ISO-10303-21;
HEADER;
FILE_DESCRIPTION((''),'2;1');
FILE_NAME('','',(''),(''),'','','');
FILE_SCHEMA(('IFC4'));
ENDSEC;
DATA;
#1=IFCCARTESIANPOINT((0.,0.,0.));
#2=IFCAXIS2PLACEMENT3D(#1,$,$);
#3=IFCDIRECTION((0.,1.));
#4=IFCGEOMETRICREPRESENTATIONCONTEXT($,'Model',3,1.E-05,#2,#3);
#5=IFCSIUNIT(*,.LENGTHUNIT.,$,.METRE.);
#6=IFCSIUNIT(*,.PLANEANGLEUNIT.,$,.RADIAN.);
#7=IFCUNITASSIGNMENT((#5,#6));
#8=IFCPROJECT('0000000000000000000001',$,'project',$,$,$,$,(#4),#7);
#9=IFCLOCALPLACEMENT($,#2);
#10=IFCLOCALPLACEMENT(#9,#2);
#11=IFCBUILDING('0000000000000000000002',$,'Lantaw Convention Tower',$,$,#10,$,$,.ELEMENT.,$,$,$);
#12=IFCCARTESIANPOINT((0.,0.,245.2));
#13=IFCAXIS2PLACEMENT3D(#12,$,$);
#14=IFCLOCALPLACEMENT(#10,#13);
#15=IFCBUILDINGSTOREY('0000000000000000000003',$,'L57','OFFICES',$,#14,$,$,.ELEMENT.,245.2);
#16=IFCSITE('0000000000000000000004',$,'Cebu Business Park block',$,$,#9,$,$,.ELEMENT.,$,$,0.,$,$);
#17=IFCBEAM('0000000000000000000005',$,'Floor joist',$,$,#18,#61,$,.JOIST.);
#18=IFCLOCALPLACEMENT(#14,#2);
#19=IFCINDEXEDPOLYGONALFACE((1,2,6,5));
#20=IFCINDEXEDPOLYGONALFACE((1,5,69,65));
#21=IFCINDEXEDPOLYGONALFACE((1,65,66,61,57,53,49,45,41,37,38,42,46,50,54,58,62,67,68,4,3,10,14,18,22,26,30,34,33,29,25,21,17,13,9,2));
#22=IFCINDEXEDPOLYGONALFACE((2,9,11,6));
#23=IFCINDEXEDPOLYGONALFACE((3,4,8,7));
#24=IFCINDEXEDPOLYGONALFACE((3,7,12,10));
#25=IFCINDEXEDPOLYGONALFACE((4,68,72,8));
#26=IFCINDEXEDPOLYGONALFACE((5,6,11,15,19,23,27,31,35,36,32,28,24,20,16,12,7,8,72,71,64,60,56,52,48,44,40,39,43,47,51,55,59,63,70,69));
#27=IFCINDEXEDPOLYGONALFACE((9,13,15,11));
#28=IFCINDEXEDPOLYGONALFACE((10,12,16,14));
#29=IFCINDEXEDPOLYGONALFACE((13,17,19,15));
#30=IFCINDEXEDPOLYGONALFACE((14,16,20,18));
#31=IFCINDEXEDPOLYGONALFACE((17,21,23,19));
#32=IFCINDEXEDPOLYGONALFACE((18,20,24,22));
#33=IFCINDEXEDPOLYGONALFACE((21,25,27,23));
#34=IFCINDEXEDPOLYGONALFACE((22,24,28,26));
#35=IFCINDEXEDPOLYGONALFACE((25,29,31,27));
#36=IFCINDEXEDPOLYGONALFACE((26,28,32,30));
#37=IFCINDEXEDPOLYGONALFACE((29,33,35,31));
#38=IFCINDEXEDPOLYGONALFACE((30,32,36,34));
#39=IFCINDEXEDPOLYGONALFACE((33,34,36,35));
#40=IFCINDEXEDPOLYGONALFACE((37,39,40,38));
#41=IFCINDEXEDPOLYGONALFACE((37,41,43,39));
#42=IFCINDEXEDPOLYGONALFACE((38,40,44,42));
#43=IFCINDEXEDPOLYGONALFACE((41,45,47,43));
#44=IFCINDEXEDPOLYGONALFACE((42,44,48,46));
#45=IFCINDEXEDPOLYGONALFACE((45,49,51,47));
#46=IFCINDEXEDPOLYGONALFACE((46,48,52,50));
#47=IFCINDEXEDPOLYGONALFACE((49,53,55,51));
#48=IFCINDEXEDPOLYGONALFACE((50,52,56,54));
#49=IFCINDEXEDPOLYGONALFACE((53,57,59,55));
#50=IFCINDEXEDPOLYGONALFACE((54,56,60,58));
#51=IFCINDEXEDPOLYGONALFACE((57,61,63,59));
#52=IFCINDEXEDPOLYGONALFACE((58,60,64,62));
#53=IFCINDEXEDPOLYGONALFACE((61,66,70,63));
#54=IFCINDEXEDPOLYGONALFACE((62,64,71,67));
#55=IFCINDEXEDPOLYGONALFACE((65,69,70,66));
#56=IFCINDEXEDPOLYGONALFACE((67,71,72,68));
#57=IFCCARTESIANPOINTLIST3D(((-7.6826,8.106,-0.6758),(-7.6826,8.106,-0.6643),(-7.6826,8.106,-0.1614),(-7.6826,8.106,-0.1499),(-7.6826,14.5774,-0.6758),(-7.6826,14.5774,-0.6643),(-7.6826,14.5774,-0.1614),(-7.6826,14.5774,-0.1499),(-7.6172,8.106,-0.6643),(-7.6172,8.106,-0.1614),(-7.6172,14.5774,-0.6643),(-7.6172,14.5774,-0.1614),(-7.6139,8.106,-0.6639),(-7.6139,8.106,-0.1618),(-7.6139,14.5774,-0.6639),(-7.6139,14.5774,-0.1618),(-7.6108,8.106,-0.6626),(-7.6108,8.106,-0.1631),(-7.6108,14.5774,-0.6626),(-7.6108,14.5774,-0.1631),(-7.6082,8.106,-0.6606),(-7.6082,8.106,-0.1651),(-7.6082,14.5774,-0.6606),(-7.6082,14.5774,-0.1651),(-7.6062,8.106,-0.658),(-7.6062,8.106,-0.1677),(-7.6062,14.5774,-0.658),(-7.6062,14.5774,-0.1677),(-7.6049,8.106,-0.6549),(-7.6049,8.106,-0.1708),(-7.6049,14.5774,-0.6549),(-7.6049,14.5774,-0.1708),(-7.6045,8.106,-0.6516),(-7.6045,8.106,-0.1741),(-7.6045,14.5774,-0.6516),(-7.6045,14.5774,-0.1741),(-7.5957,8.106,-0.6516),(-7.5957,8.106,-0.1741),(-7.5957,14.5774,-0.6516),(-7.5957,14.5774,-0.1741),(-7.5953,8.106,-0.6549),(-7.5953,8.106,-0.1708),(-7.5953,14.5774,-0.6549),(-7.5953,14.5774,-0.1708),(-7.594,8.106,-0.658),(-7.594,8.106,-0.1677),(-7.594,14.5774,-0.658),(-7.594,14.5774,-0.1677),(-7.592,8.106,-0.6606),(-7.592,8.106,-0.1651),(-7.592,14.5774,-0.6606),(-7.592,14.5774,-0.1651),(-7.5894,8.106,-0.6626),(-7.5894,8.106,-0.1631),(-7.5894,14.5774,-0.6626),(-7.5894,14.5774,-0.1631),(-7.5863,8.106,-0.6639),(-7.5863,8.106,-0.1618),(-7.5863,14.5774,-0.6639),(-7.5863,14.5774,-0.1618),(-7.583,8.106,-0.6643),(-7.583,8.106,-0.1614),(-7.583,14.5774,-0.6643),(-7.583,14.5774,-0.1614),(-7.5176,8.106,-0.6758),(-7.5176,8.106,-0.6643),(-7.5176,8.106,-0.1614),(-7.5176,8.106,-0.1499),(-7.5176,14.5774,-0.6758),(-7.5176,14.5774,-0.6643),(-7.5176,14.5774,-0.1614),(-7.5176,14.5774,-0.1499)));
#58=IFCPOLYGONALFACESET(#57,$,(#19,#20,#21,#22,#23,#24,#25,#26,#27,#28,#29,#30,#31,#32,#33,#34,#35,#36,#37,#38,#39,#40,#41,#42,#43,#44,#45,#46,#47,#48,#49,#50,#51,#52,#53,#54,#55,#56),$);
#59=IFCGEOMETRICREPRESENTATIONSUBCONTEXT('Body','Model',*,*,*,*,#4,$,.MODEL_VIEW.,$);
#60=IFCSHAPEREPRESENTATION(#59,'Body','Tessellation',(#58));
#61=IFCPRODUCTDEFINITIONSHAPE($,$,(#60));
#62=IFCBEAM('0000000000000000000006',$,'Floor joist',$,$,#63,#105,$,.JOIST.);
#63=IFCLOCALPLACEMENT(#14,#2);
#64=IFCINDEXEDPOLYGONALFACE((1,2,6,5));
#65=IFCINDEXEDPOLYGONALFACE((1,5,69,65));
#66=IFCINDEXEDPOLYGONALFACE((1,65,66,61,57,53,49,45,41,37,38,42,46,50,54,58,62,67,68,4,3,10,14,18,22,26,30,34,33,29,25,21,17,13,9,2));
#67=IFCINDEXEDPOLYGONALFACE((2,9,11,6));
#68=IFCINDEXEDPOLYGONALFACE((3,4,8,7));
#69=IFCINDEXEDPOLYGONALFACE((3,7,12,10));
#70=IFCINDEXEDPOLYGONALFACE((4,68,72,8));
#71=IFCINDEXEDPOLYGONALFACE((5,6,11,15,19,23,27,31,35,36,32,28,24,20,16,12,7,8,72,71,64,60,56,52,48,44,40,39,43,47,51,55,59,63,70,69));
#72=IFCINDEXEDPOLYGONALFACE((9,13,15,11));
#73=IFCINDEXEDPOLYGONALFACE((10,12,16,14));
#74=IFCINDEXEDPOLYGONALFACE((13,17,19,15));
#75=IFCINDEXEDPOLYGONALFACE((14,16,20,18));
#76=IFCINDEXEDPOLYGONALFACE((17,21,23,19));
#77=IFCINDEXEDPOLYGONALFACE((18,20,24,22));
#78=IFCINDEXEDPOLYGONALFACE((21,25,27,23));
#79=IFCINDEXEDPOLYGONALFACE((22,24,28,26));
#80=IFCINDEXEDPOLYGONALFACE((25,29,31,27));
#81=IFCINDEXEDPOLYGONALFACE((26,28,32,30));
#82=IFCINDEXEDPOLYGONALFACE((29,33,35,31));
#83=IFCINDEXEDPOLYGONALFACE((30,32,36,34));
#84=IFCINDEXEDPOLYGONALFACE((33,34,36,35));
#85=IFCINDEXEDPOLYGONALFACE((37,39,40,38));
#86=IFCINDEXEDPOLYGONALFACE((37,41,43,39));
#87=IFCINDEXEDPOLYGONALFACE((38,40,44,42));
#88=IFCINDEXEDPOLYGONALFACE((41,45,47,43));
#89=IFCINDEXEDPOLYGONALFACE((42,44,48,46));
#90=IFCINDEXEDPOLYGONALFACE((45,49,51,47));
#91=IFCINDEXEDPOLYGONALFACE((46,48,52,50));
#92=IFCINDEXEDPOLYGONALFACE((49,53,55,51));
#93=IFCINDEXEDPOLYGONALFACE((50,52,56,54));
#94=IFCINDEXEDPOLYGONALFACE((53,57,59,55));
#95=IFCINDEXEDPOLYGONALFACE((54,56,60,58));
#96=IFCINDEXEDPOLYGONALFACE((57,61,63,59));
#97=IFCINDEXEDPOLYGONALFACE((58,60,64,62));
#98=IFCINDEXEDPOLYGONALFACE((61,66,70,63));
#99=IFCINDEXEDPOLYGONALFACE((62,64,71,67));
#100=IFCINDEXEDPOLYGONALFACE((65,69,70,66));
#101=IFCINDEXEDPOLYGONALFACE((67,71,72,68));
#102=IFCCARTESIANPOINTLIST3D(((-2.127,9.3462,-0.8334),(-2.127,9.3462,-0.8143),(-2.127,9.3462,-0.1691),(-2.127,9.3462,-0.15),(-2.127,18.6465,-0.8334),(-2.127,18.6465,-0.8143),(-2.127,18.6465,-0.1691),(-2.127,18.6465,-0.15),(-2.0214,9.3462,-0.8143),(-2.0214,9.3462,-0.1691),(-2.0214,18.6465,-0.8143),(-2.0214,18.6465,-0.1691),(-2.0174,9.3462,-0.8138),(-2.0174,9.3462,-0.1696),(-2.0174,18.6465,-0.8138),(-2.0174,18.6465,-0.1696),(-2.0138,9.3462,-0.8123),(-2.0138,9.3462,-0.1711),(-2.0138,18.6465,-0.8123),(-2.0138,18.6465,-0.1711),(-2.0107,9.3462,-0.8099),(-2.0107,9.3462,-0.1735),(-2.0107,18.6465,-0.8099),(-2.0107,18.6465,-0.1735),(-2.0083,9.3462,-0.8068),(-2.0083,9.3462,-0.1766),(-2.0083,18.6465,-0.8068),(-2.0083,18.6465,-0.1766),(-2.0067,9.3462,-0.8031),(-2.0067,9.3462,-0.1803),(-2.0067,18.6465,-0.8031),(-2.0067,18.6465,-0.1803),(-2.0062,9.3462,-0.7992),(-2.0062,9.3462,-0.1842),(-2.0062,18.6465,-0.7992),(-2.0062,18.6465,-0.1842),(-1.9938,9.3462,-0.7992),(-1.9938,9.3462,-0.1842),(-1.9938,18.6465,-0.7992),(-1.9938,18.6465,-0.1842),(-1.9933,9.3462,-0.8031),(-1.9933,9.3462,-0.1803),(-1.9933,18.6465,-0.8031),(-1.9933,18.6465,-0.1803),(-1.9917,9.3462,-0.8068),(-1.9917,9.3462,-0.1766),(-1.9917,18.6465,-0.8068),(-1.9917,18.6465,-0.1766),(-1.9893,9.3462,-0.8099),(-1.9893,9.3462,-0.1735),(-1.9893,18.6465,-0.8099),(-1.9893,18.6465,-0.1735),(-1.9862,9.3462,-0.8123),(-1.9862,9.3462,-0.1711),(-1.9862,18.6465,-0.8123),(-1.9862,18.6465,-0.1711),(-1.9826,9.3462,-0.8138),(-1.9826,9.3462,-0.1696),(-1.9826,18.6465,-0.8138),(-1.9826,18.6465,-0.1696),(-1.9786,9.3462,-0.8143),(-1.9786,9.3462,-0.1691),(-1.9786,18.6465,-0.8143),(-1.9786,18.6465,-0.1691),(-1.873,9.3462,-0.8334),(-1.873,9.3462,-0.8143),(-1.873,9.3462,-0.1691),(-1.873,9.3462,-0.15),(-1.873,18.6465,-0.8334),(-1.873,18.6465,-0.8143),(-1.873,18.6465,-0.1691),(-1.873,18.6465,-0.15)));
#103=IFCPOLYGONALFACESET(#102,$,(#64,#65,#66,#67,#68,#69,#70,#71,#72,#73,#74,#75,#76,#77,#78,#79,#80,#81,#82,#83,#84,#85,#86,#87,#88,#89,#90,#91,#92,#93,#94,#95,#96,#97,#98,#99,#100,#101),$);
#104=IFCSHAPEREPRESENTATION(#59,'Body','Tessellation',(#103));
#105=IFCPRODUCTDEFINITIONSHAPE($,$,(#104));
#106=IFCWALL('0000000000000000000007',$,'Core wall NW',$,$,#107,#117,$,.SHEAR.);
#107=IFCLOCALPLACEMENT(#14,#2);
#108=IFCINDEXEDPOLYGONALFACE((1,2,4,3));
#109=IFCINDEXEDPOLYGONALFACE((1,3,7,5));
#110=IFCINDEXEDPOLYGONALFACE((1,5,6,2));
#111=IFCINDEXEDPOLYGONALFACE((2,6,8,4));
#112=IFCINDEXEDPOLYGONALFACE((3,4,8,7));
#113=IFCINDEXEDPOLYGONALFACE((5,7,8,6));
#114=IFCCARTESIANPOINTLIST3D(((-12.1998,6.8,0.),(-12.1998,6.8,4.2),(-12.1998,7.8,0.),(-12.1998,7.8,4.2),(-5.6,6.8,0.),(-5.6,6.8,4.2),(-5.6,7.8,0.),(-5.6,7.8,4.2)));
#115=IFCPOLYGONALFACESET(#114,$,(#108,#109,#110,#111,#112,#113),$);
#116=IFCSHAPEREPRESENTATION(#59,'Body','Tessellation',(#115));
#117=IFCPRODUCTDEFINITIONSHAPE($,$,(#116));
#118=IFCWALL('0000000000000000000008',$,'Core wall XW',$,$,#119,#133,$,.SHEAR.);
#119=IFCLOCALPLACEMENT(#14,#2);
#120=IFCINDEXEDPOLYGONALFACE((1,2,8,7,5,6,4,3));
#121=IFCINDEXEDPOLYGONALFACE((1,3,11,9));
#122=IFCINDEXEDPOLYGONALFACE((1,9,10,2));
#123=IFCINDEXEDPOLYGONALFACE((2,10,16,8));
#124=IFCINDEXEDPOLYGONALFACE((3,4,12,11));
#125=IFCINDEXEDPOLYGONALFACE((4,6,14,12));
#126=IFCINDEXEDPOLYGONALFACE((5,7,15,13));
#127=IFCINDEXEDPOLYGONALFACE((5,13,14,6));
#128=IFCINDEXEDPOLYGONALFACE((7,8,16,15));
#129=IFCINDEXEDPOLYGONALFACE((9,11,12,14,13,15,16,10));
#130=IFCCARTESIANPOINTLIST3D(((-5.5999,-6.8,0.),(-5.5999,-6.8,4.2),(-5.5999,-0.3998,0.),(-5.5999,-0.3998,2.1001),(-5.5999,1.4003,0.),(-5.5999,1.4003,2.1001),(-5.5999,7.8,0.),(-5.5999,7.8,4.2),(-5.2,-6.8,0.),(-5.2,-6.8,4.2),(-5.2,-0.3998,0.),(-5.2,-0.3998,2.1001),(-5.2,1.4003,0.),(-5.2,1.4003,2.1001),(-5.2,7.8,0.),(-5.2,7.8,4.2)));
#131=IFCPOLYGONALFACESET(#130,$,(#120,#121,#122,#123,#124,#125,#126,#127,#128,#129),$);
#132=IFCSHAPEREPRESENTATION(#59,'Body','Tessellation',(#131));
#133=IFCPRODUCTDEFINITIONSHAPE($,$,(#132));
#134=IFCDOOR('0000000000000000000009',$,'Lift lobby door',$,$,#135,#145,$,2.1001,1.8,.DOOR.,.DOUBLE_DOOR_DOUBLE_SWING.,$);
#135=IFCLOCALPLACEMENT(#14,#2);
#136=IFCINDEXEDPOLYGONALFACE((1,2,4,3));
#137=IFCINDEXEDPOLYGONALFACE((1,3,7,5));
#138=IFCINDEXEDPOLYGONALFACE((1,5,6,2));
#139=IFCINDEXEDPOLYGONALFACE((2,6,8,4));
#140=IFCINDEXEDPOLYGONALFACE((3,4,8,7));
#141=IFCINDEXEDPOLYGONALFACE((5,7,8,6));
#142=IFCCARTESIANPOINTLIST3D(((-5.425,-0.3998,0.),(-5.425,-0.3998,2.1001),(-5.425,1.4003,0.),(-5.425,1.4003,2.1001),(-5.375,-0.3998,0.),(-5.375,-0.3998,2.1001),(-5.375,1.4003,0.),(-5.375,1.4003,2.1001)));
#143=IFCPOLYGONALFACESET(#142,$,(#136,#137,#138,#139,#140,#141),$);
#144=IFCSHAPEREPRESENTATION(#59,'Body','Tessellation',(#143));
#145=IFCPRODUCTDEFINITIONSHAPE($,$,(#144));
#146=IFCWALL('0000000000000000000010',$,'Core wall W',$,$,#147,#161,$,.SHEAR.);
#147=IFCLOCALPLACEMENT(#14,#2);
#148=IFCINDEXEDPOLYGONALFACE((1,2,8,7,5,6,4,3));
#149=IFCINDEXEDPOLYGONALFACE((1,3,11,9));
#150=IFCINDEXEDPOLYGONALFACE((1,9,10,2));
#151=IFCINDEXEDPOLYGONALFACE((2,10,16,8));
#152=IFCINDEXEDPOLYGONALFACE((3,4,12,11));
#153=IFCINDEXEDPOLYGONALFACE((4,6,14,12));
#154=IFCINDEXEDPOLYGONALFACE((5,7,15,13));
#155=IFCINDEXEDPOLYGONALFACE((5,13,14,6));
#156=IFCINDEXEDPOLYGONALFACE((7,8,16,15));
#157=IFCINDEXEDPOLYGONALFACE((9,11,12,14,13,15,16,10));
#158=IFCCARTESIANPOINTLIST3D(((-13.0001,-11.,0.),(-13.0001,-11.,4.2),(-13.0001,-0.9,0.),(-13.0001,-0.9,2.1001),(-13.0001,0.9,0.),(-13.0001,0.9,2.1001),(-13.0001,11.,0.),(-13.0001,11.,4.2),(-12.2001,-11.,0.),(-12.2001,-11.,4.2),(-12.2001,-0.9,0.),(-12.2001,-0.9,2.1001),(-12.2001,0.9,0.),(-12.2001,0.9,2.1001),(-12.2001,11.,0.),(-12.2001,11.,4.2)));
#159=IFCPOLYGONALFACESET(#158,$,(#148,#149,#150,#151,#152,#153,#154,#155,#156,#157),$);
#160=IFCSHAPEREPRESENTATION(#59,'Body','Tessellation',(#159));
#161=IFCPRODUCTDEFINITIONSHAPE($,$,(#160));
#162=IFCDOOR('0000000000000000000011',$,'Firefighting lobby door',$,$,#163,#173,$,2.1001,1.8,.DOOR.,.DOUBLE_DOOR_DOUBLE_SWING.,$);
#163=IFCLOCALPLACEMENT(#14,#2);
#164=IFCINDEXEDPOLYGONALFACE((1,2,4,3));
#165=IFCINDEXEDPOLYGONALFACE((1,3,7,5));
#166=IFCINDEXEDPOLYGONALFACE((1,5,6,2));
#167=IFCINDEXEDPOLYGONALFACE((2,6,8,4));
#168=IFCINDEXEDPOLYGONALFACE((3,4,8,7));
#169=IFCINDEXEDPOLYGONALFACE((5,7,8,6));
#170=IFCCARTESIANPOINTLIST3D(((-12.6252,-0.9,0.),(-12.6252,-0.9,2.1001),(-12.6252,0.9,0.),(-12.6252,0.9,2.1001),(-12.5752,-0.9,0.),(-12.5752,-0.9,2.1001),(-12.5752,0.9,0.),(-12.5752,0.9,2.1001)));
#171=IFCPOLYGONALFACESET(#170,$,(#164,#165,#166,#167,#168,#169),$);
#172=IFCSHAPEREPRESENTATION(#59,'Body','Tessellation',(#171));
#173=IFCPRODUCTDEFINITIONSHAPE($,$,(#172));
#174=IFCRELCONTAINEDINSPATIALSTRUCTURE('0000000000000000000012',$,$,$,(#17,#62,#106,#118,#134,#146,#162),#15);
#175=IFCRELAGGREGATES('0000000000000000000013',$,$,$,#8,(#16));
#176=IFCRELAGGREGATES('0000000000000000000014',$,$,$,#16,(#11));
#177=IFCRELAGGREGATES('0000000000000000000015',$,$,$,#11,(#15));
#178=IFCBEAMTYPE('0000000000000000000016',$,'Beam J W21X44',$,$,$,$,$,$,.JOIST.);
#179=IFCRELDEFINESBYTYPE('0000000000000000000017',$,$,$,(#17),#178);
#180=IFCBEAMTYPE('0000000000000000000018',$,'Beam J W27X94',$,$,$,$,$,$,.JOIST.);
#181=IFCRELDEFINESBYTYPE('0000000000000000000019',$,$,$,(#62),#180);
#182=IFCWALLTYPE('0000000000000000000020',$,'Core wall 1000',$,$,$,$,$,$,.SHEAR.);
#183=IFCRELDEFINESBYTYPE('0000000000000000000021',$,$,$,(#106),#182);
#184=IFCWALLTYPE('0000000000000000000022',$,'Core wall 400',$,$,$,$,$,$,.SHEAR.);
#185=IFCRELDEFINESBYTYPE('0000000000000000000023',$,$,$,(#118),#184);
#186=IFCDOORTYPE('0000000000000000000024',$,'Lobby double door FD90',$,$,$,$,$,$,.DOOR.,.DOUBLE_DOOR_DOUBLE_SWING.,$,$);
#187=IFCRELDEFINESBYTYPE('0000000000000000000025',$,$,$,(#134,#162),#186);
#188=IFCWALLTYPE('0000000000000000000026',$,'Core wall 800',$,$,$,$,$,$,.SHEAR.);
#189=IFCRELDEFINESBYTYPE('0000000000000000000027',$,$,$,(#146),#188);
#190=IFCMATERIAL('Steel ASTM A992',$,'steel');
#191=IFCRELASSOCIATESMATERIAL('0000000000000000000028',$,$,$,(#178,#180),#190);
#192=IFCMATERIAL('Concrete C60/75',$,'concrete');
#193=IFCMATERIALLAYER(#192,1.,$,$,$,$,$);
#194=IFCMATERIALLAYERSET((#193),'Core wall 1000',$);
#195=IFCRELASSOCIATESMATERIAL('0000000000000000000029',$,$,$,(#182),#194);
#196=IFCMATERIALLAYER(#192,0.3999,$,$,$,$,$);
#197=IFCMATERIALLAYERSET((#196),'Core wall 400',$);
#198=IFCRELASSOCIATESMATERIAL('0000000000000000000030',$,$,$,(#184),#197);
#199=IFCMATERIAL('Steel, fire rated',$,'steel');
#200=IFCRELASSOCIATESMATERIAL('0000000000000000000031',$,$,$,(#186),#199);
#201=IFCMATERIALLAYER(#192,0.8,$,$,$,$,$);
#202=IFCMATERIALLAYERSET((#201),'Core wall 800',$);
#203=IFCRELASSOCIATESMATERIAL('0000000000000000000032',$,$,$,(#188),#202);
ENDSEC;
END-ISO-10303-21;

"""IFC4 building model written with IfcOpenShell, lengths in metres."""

from ifc_helpers import new_model, si_unit, direction, frame, frame_2d, origin, origin_2d, place, context, subcontext, project, spatial, rectangle, i_section, extrude, material, layer, layer_set, material_profile, profile_set, type_object, element, fill, save


model = new_model("IFC4")

# Units and contexts
model_context = context("Model", 3, precision=1e-05, world=origin(), true_north=direction((0.0, 1.0)))
body_context = subcontext(model_context, "Body", "Model", "MODEL_VIEW")
ifc_project = project(units=[si_unit("LENGTHUNIT", "METRE"), si_unit("PLANEANGLEUNIT", "RADIAN")], contexts=[model_context])

# Site, building, storey
site_placement = place(None, origin())
site = spatial("IfcSite", under=ifc_project, at=site_placement, Name="Cebu Business Park block", CompositionType="ELEMENT", RefElevation=0.0)
building_placement = place(site_placement, origin())
building = spatial("IfcBuilding", under=site, at=building_placement, Name="Lantaw Convention Tower", CompositionType="ELEMENT")
storey_placement = place(building_placement, frame((0.0, 0.0, 245.2)))
storey = spatial("IfcBuildingStorey", under=building, at=storey_placement, Name="L57", Description="OFFICES", CompositionType="ELEMENT", Elevation=245.2)

# Shared definitions
ifc_material_1 = material(Name="Concrete C60/75", Category="concrete")

# Beams
ifc_material_2 = material(Name="Steel ASTM A992", Category="steel")
ifc_material_profile_1 = material_profile(ifc_material_2, i_section(OverallWidth=0.165, OverallDepth=0.5259, WebThickness=0.0088, FlangeThickness=0.0115, FilletRadius=0.0127, at=origin_2d()), Name="W21X44")
ifc_profile_set_1 = profile_set([ifc_material_profile_1], Name="Steel ASTM A992")
beam_type_1 = type_object("IfcBeamType", Name="Beam J W21X44", PredefinedType="JOIST", material=ifc_profile_set_1)
beam_1_placement = place(storey_placement, frame((-7.6001, 8.106, -0.4128), z_axis=(0.0, 1.0, 0.0), x_axis=(-1.0, 0.0, 0.0)))
element("IfcBeam", 1, at=beam_1_placement, inside=storey, type_object=beam_type_1, Name="Floor joist", PredefinedType="JOIST", context=body_context, shape_type="SweptSolid", body=[
    extrude(i_section(OverallWidth=0.165, OverallDepth=0.5259, WebThickness=0.0088, FlangeThickness=0.0115, FilletRadius=0.0127, at=origin_2d()), origin(), (0.0, 0.0, 1.0), 6.4714),
])
ifc_material_profile_2 = material_profile(ifc_material_2, i_section(OverallWidth=0.2539, OverallDepth=0.6833, WebThickness=0.0125, FlangeThickness=0.019, FilletRadius=0.0151, at=origin_2d()), Name="W27X94")
ifc_profile_set_2 = profile_set([ifc_material_profile_2], Name="Steel ASTM A992")
beam_type_2 = type_object("IfcBeamType", Name="Beam J W27X94", PredefinedType="JOIST", material=ifc_profile_set_2)
beam_2_placement = place(storey_placement, frame((-2.0, 9.3462, -0.4917), z_axis=(0.0, 1.0, 0.0), x_axis=(-1.0, 0.0, 0.0)))
element("IfcBeam", 2, at=beam_2_placement, inside=storey, type_object=beam_type_2, Name="Floor joist", PredefinedType="JOIST", context=body_context, shape_type="SweptSolid", body=[
    extrude(i_section(OverallWidth=0.2539, OverallDepth=0.6833, WebThickness=0.0125, FlangeThickness=0.019, FilletRadius=0.0151, at=origin_2d()), origin(), (0.0, 0.0, 1.0), 9.3003),
])

# Wall
ifc_layer_1 = layer(ifc_material_1, 1.0)
ifc_layer_set_1 = layer_set([ifc_layer_1], Name="Core wall 1000")
wall_type_1 = type_object("IfcWallType", Name="Core wall 1000", PredefinedType="SHEAR", material=ifc_layer_set_1)
wall_1_placement = place(storey_placement, frame((-5.6001, 7.3, 0.0), z_axis=(0.0, 0.0, 1.0), x_axis=(-1.0, 0.0, 0.0)))
element("IfcWall", 3, at=wall_1_placement, inside=storey, type_object=wall_type_1, Name="Core wall NW", PredefinedType="SHEAR", context=body_context, shape_type="SweptSolid", body=[
    extrude(rectangle(XDim=6.5999, YDim=1.0, at=frame_2d((3.2998, 0.0))), origin(), (0.0, 0.0, 1.0), 4.2),
])

# Walls, openings, doors
ifc_layer_2 = layer(ifc_material_1, 0.3999)
ifc_layer_set_2 = layer_set([ifc_layer_2], Name="Core wall 400")
wall_type_2 = type_object("IfcWallType", Name="Core wall 400", PredefinedType="SHEAR", material=ifc_layer_set_2)
wall_2_placement = place(storey_placement, frame((-5.3999, 7.8, 0.0), z_axis=(0.0, 0.0, 1.0), x_axis=(0.0, -1.0, 0.0)))
wall_2 = element("IfcWall", 4, at=wall_2_placement, inside=storey, type_object=wall_type_2, Name="Core wall XW", PredefinedType="SHEAR", context=body_context, shape_type="SweptSolid", body=[
    extrude(rectangle(XDim=14.6001, YDim=0.3999, at=frame_2d((7.3, 0.0))), origin(), (0.0, 0.0, 1.0), 4.2),
])
opening_1_placement = place(wall_2_placement, frame((6.3999, 0.0, 0.0)))
opening_1 = element("IfcOpeningElement", 5, at=opening_1_placement, cuts=wall_2, PredefinedType="OPENING", context=body_context, shape_type="SweptSolid", body=[
    extrude(rectangle(XDim=1.8, YDim=2.1001, at=frame_2d((0.8999, 1.05))), frame((0.0, 0.21, 0.0), z_axis=(0.0, -1.0, 0.0), x_axis=(1.0, 0.0, 0.0)), (0.0, 0.0, 1.0), 0.4199),
])
ifc_material_3 = material(Name="Steel, fire rated", Category="steel")
door_type_1 = type_object("IfcDoorType", Name="Lobby double door FD90", OperationType="DOUBLE_DOOR_DOUBLE_SWING", PredefinedType="DOOR", material=ifc_material_3)
door_1_placement = place(opening_1_placement, origin())
door_1 = element("IfcDoor", 6, at=door_1_placement, inside=storey, type_object=door_type_1, Name="Lift lobby door", OperationType="DOUBLE_DOOR_DOUBLE_SWING", OverallHeight=2.1001, OverallWidth=1.8, PredefinedType="DOOR", context=body_context, shape_type="SweptSolid", body=[
    extrude(rectangle(XDim=1.8, YDim=2.1001, at=frame_2d((0.8999, 1.05))), frame((0.0, 0.0249, 0.0), z_axis=(0.0, -1.0, 0.0), x_axis=(1.0, 0.0, 0.0)), (0.0, 0.0, 1.0), 0.05),
])
fill(opening_1, door_1)
ifc_layer_3 = layer(ifc_material_1, 0.8)
ifc_layer_set_3 = layer_set([ifc_layer_3], Name="Core wall 800")
wall_type_3 = type_object("IfcWallType", Name="Core wall 800", PredefinedType="SHEAR", material=ifc_layer_set_3)
wall_3_placement = place(storey_placement, frame((-12.6001, 11.0, 0.0), z_axis=(0.0, 0.0, 1.0), x_axis=(0.0, -1.0, 0.0)))
wall_3 = element("IfcWall", 7, at=wall_3_placement, inside=storey, type_object=wall_type_3, Name="Core wall W", PredefinedType="SHEAR", context=body_context, shape_type="SweptSolid", body=[
    extrude(rectangle(XDim=22.0, YDim=0.8, at=frame_2d((11.0, 0.0))), origin(), (0.0, 0.0, 1.0), 4.2),
])
opening_2_placement = place(wall_3_placement, frame((10.1001, 0.0, 0.0)))
opening_2 = element("IfcOpeningElement", 8, at=opening_2_placement, cuts=wall_3, PredefinedType="OPENING", context=body_context, shape_type="SweptSolid", body=[
    extrude(rectangle(XDim=1.8, YDim=2.1001, at=frame_2d((0.8999, 1.05))), frame((0.0, 0.4099, 0.0), z_axis=(0.0, -1.0, 0.0), x_axis=(1.0, 0.0, 0.0)), (0.0, 0.0, 1.0), 0.8201),
])
door_2_placement = place(opening_2_placement, origin())
door_2 = element("IfcDoor", 9, at=door_2_placement, inside=storey, type_object=door_type_1, Name="Firefighting lobby door", OperationType="DOUBLE_DOOR_DOUBLE_SWING", OverallHeight=2.1001, OverallWidth=1.8, PredefinedType="DOOR", context=body_context, shape_type="SweptSolid", body=[
    extrude(rectangle(XDim=1.8, YDim=2.1001, at=frame_2d((0.8999, 1.05))), frame((0.0, 0.0249, 0.0), z_axis=(0.0, -1.0, 0.0), x_axis=(1.0, 0.0, 0.0)), (0.0, 0.0, 1.0), 0.05),
])
fill(opening_2, door_2)

save(model, "model.ifc")
